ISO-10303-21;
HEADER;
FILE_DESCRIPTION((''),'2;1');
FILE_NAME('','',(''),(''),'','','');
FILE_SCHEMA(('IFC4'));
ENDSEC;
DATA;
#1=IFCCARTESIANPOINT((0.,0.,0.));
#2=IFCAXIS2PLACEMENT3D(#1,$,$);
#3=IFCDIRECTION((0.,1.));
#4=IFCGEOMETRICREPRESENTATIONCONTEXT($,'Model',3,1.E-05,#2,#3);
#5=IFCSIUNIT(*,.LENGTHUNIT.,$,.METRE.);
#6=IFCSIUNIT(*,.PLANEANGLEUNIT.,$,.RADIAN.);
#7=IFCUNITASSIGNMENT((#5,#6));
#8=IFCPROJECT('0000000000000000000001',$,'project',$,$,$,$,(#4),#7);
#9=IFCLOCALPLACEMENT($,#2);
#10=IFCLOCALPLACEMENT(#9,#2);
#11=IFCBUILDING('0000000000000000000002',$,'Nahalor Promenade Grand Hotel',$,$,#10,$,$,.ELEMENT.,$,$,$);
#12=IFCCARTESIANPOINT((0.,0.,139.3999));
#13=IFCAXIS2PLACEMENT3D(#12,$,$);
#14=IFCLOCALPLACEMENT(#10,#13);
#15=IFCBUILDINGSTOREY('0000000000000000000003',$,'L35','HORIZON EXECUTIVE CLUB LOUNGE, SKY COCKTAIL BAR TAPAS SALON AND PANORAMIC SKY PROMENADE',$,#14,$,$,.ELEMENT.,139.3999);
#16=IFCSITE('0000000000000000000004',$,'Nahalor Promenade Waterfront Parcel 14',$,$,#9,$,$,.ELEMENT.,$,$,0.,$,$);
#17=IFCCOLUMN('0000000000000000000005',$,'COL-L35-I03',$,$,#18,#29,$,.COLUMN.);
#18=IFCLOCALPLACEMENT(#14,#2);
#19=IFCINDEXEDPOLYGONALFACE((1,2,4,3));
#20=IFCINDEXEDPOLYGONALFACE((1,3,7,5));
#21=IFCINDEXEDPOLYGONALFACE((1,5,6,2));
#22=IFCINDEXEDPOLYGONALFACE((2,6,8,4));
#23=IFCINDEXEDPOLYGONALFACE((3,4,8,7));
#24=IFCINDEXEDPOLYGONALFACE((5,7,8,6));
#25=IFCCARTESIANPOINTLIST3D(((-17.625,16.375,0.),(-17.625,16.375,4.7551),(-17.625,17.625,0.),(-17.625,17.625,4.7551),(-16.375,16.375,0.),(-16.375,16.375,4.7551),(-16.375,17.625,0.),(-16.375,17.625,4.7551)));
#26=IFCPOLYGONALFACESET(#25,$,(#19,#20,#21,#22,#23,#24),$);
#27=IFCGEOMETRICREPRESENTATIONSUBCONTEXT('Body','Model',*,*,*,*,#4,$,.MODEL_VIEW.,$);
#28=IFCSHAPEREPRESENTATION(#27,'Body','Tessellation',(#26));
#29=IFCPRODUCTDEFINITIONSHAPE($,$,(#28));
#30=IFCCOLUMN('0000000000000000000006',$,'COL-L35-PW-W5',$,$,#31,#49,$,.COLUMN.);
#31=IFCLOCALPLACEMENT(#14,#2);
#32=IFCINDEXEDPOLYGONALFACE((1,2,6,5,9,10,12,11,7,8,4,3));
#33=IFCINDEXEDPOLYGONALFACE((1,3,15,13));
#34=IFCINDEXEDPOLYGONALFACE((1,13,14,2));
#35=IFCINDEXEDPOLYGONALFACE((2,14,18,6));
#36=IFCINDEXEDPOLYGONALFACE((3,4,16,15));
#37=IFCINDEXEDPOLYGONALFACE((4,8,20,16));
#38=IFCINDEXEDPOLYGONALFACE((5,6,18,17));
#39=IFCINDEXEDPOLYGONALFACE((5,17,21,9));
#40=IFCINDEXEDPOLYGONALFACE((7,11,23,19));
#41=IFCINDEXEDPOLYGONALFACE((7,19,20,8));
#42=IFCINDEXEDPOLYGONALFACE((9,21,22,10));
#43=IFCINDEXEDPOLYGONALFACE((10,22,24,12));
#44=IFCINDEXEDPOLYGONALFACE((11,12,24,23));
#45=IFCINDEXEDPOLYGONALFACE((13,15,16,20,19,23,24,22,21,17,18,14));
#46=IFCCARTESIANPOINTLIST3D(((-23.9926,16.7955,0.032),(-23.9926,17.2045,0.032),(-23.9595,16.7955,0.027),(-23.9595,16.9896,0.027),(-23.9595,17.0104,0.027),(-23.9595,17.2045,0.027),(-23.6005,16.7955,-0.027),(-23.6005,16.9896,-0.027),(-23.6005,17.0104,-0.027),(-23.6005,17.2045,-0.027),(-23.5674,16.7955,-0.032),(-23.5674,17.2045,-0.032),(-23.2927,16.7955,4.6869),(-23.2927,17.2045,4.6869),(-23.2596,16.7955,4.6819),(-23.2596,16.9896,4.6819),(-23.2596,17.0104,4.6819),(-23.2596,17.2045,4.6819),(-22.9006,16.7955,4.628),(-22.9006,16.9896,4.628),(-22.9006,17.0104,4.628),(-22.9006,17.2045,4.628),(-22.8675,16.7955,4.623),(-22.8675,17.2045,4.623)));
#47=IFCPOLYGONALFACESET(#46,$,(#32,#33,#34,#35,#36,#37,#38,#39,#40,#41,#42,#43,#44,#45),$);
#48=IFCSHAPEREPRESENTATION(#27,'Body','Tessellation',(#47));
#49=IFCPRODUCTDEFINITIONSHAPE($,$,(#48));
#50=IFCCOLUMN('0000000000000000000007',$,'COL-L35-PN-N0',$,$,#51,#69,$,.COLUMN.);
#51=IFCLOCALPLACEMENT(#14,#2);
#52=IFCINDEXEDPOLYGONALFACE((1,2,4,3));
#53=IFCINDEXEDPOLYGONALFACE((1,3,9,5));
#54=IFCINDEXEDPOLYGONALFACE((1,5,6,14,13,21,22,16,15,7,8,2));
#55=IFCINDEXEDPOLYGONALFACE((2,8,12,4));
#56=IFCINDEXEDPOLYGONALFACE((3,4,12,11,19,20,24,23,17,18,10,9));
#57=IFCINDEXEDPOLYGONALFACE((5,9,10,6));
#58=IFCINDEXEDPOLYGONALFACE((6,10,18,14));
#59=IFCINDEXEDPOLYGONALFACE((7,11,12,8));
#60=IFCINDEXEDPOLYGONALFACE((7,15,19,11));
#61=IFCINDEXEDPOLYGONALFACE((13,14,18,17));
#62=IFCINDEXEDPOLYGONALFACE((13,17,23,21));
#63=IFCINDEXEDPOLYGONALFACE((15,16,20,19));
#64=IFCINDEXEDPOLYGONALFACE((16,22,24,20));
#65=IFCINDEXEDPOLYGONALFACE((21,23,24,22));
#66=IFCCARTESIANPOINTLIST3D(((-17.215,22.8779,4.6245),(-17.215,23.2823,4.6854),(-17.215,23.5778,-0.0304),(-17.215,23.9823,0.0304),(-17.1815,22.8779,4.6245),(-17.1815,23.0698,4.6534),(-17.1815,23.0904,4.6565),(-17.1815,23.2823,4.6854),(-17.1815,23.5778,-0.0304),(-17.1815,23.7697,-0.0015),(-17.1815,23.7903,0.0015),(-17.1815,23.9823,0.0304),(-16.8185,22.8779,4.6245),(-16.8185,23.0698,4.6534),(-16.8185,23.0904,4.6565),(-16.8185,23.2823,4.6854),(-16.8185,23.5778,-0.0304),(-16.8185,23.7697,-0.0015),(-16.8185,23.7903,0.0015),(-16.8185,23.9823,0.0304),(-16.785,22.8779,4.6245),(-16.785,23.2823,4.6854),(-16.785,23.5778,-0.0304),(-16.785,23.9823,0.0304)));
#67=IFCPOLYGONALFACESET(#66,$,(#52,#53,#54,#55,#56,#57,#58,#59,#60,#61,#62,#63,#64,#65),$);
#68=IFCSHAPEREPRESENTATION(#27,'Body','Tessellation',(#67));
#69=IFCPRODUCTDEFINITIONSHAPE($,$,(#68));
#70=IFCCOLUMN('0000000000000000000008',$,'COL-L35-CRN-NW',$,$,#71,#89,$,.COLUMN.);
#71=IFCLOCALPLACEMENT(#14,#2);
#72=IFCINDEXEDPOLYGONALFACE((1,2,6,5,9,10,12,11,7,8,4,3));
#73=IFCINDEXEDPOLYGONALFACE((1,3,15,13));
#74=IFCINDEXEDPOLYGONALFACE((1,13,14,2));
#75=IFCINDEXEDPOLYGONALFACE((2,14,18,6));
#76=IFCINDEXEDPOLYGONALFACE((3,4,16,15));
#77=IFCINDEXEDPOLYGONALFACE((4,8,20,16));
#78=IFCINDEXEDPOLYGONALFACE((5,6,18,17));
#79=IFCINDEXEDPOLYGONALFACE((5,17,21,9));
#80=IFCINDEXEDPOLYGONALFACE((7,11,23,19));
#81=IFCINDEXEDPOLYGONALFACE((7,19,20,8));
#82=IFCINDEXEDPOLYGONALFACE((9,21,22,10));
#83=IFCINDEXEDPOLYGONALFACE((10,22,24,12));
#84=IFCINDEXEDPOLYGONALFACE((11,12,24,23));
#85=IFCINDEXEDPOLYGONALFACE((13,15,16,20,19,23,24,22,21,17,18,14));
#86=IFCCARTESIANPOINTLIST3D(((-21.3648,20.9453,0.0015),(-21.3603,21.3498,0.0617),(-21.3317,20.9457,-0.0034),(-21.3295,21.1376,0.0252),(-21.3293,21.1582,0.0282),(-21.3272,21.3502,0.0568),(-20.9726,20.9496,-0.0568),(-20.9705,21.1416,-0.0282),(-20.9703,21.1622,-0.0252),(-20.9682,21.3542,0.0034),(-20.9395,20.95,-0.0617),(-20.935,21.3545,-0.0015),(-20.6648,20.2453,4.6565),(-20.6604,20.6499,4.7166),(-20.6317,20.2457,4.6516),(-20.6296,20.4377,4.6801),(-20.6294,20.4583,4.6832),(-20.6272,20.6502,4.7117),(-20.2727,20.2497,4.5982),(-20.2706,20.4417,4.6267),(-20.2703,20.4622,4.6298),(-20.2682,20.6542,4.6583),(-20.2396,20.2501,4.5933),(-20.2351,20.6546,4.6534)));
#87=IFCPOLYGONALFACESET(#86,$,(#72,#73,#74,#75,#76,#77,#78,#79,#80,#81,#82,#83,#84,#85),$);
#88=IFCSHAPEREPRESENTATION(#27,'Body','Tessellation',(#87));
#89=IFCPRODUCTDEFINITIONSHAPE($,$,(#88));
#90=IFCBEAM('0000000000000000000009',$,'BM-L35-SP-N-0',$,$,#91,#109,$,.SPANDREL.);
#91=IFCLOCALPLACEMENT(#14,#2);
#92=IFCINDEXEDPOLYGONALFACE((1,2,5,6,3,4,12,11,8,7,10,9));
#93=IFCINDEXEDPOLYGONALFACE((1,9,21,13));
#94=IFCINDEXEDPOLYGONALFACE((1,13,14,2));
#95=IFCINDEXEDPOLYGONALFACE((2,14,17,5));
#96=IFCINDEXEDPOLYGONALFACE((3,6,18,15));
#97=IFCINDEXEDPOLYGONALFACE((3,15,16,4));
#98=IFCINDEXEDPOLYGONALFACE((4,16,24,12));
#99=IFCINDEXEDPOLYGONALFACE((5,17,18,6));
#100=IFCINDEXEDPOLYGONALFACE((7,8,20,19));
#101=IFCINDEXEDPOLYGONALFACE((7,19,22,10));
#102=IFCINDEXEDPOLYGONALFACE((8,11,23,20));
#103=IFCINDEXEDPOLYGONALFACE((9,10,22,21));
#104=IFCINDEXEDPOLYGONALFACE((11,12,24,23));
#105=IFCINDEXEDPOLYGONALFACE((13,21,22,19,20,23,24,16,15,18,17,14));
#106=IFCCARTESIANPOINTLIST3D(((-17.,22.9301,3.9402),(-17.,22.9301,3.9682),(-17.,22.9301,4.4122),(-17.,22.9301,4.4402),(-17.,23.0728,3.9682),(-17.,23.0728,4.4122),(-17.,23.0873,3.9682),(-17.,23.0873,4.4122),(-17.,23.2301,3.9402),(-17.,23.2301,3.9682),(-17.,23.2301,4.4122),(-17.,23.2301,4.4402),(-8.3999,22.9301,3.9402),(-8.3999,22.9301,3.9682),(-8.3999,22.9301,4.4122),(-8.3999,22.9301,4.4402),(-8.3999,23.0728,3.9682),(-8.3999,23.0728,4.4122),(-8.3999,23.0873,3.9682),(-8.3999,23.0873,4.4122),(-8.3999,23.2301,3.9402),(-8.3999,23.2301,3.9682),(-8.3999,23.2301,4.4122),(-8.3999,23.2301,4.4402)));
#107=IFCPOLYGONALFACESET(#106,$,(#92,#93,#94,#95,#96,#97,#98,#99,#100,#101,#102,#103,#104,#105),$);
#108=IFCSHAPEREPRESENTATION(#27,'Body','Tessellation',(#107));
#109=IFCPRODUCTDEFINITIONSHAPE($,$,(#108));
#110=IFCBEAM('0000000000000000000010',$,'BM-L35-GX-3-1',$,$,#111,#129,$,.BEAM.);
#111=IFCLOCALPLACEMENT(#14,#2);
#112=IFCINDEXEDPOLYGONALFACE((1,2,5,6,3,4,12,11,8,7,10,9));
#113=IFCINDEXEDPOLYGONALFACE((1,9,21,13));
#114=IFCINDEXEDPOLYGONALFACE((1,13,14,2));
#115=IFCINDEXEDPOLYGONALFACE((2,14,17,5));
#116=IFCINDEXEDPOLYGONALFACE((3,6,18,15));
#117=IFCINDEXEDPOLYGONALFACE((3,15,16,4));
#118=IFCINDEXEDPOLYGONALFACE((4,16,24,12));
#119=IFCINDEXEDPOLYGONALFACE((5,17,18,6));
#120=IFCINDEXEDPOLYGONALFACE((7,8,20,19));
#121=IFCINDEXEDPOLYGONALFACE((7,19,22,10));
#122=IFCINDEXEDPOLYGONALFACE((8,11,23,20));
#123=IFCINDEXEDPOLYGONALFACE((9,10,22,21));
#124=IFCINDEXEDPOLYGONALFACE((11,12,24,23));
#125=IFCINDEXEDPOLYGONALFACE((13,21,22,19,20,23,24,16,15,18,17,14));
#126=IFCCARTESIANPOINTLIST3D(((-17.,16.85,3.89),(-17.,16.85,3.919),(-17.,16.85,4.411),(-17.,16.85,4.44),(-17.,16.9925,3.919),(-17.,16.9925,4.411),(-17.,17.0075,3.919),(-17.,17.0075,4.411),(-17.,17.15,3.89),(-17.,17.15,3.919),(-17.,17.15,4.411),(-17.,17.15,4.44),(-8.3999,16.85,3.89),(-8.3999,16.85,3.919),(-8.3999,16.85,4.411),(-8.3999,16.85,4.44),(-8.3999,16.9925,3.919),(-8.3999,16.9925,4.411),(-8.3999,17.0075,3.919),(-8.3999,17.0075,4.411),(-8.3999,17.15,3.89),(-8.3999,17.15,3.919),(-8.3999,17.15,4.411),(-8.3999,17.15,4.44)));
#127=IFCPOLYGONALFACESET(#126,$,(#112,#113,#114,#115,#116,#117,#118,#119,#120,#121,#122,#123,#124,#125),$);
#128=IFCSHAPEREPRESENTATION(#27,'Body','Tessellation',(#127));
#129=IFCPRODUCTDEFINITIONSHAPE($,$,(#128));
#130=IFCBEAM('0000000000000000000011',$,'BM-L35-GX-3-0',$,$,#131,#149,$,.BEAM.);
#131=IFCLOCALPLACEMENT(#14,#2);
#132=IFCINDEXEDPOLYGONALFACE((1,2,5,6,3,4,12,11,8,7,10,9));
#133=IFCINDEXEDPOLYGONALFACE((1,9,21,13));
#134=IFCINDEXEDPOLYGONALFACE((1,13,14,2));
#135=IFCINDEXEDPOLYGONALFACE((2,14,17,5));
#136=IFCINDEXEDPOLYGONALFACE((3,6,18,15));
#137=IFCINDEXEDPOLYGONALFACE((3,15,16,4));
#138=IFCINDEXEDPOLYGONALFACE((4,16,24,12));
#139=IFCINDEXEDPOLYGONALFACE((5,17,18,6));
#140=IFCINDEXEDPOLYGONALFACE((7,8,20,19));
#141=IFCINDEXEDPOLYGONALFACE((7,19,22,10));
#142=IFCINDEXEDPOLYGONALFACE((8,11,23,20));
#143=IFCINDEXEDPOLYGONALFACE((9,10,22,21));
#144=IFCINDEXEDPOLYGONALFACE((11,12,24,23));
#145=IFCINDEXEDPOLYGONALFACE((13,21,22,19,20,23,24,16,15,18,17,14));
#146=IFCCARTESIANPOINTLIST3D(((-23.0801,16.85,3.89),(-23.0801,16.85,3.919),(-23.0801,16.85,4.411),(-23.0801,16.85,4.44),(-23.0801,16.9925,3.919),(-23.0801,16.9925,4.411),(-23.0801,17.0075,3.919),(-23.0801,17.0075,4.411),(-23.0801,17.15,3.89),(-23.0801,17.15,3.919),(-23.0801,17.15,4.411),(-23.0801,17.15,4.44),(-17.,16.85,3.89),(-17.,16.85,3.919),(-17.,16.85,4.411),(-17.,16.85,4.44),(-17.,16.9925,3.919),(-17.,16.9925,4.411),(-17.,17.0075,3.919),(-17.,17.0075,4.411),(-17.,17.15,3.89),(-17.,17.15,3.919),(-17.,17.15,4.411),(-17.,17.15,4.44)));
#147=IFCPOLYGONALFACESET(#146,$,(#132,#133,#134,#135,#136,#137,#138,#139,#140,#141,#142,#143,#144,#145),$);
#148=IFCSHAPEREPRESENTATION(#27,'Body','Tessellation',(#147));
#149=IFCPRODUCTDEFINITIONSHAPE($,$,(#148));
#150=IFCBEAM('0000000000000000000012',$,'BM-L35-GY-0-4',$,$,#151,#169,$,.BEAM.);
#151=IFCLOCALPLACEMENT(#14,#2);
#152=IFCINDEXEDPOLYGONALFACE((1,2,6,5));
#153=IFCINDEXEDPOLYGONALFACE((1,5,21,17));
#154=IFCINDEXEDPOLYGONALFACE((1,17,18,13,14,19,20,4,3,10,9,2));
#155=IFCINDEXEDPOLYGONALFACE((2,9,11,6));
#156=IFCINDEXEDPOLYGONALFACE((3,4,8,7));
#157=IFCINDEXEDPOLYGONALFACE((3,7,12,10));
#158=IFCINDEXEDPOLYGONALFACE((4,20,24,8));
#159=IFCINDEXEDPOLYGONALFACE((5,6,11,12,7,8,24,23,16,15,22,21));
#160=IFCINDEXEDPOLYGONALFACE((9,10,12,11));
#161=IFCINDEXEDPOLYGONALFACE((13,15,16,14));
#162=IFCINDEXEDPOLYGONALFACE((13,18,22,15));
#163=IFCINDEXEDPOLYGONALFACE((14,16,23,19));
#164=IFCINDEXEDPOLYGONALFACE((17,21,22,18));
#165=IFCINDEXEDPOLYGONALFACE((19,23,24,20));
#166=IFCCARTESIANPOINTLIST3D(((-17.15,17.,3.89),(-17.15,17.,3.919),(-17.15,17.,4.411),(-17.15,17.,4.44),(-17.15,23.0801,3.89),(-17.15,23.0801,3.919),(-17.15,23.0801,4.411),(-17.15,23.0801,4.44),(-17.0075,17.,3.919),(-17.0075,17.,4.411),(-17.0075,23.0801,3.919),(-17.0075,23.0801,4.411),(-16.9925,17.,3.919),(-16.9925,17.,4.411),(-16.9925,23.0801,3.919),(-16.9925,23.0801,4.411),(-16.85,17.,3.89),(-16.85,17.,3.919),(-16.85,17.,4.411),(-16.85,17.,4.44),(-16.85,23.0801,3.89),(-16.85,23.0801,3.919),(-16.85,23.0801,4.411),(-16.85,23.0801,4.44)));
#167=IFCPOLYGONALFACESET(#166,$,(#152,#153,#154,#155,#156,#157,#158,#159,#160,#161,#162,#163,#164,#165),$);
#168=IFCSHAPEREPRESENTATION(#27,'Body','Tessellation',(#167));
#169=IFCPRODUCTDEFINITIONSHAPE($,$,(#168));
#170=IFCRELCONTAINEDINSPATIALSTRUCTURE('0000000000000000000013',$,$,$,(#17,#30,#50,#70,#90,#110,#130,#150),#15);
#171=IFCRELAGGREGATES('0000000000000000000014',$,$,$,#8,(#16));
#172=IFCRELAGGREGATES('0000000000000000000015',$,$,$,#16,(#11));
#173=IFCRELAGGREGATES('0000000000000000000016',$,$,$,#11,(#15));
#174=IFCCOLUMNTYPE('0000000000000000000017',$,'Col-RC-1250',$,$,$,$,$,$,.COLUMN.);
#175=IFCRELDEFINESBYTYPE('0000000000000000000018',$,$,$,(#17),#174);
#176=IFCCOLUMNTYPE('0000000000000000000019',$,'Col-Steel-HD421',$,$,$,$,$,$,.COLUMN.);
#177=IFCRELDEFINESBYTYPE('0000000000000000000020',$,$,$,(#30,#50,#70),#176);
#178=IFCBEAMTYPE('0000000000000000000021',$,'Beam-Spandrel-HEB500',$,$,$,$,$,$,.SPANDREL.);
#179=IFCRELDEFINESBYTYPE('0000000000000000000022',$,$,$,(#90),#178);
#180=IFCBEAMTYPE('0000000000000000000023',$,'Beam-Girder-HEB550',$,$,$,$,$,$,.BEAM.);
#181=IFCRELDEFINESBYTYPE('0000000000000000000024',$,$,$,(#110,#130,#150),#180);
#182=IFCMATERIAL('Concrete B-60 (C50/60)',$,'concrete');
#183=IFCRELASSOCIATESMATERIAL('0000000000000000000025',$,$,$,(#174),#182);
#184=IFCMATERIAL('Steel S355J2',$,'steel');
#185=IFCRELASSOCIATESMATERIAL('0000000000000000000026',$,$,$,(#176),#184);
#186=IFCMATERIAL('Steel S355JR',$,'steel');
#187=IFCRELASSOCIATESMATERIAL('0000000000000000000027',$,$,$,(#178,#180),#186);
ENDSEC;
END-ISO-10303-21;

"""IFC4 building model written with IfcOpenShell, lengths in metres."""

from ifc_helpers import new_model, si_unit, direction, frame, origin, origin_2d, place, context, subcontext, project, spatial, rectangle, i_section, extrude, source, transform, mapped, material, material_profile, profile_set, type_object, element, save


model = new_model("IFC4")

# Units and contexts
model_context = context("Model", 3, precision=1e-05, world=origin(), true_north=direction((0.0, 1.0)))
body_context = subcontext(model_context, "Body", "Model", "MODEL_VIEW")
ifc_project = project(units=[si_unit("LENGTHUNIT", "METRE"), si_unit("PLANEANGLEUNIT", "RADIAN")], contexts=[model_context])

# Site, building, storey
site_placement = place(None, origin())
site = spatial("IfcSite", under=ifc_project, at=site_placement, Name="Nahalor Promenade Waterfront Parcel 14", CompositionType="ELEMENT", RefElevation=0.0)
building_placement = place(site_placement, origin())
building = spatial("IfcBuilding", under=site, at=building_placement, Name="Nahalor Promenade Grand Hotel", CompositionType="ELEMENT")
storey_placement = place(building_placement, frame((0.0, 0.0, 139.3999)))
storey = spatial("IfcBuildingStorey", under=building, at=storey_placement, Name="L35", Description="HORIZON EXECUTIVE CLUB LOUNGE, SKY COCKTAIL BAR TAPAS SALON AND PANORAMIC SKY PROMENADE", CompositionType="ELEMENT", Elevation=139.3999)

# Columns
ifc_material_1 = material(Name="Concrete B-60 (C50/60)", Category="concrete")
ifc_material_profile_1 = material_profile(ifc_material_1, rectangle(XDim=1.25, YDim=1.25, at=origin_2d()), Name="RC 1250x1250")
ifc_profile_set_1 = profile_set([ifc_material_profile_1], Name="Concrete B-60 (C50/60)")
column_type_1 = type_object("IfcColumnType", Name="Col-RC-1250", PredefinedType="COLUMN", material=ifc_profile_set_1)
shared_shape_1 = source(origin(), body_context, "Body", "SweptSolid", [
    extrude(rectangle(XDim=1.25, YDim=1.25, at=origin_2d()), origin(), (0.0, 0.0, 1.0), 4.7551),
])
column_1_placement = place(storey_placement, frame((-17.0, 17.0, 0.0), z_axis=(0.0, 0.0, 1.0), x_axis=(1.0, 0.0, 0.0)))
element("IfcColumn", 1, at=column_1_placement, inside=storey, type_object=column_type_1, Name="COL-L35-I03", PredefinedType="COLUMN", context=body_context, shape_type="MappedRepresentation", body=[
    mapped(shared_shape_1, transform((0.0, 0.0, 0.0), scale=1.0)),
])
ifc_material_2 = material(Name="Steel S355J2", Category="steel")
ifc_material_profile_2 = material_profile(ifc_material_2, i_section(OverallWidth=0.409, OverallDepth=0.43, WebThickness=0.0208, FlangeThickness=0.0335, at=origin_2d()), Name="HD 400x421")
ifc_profile_set_2 = profile_set([ifc_material_profile_2], Name="Steel S355J2")
column_type_2 = type_object("IfcColumnType", Name="Col-Steel-HD421", PredefinedType="COLUMN", material=ifc_profile_set_2)
shared_shape_2 = source(origin(), body_context, "Body", "SweptSolid", [
    extrude(i_section(OverallWidth=0.409, OverallDepth=0.43, WebThickness=0.0208, FlangeThickness=0.0335, at=origin_2d()), origin(), (0.0, 0.0, 1.0), 4.7073),
])
for number, where, z_axis, x_axis, name in (
    (2, (-23.78, 17.0, 0.0), (0.148693, 0.0, 0.988883), (0.0, 1.0, 0.0), "COL-L35-PW-W5"),
    (3, (-17.0, 23.78, 0.0), (0.0, -0.148693, 0.988883), (0.0, 0.988883, 0.148693), "COL-L35-PN-N0"),
):
    element("IfcColumn", number, at=place(storey_placement, frame(where, z_axis=z_axis, x_axis=x_axis)), inside=storey, type_object=column_type_2, Name=name, PredefinedType="COLUMN", context=body_context, shape_type="MappedRepresentation", body=[
        mapped(shared_shape_2, transform((0.0, 0.0, 0.0), scale=1.0)),
    ])
shared_shape_3 = source(origin(), body_context, "Body", "SweptSolid", [
    extrude(i_section(OverallWidth=0.409, OverallDepth=0.43, WebThickness=0.0208, FlangeThickness=0.0335, at=origin_2d()), origin(), (0.0, 0.0, 1.0), 4.759),
])
column_2_placement = place(storey_placement, frame((-21.1499, 21.1499, 0.0), z_axis=(0.147076, -0.147076, 0.97813), x_axis=(0.010935, 0.989065, 0.147076)))
element("IfcColumn", 4, at=column_2_placement, inside=storey, type_object=column_type_2, Name="COL-L35-CRN-NW", PredefinedType="COLUMN", context=body_context, shape_type="MappedRepresentation", body=[
    mapped(shared_shape_3, transform((0.0, 0.0, 0.0), scale=1.0)),
])

# Beams
ifc_material_3 = material(Name="Steel S355JR", Category="steel")
ifc_material_profile_3 = material_profile(ifc_material_3, i_section(OverallWidth=0.3, OverallDepth=0.5, WebThickness=0.0145, FlangeThickness=0.028, at=origin_2d()), Name="HEB 500")
ifc_profile_set_3 = profile_set([ifc_material_profile_3], Name="Steel S355JR")
beam_type_1 = type_object("IfcBeamType", Name="Beam-Spandrel-HEB500", PredefinedType="SPANDREL", material=ifc_profile_set_3)
shared_shape_4 = source(origin(), body_context, "Body", "SweptSolid", [
    extrude(i_section(OverallWidth=0.3, OverallDepth=0.5, WebThickness=0.0145, FlangeThickness=0.028, at=origin_2d()), origin(), (0.0, 0.0, 1.0), 8.6001),
])
beam_1_placement = place(storey_placement, frame((-17.0, 23.0801, 4.1902), z_axis=(1.0, 0.0, 0.0), x_axis=(0.0, 1.0, 0.0)))
element("IfcBeam", 5, at=beam_1_placement, inside=storey, type_object=beam_type_1, Name="BM-L35-SP-N-0", PredefinedType="SPANDREL", context=body_context, shape_type="MappedRepresentation", body=[
    mapped(shared_shape_4, transform((0.0, 0.0, 0.0), scale=1.0)),
])
ifc_material_profile_4 = material_profile(ifc_material_3, i_section(OverallWidth=0.3, OverallDepth=0.55, WebThickness=0.015, FlangeThickness=0.029, at=origin_2d()), Name="HEB 550")
ifc_profile_set_4 = profile_set([ifc_material_profile_4], Name="Steel S355JR")
beam_type_2 = type_object("IfcBeamType", Name="Beam-Girder-HEB550", PredefinedType="BEAM", material=ifc_profile_set_4)
shared_shape_5 = source(origin(), body_context, "Body", "SweptSolid", [
    extrude(i_section(OverallWidth=0.3, OverallDepth=0.55, WebThickness=0.015, FlangeThickness=0.029, at=origin_2d()), origin(), (0.0, 0.0, 1.0), 8.6001),
])
beam_2_placement = place(storey_placement, frame((-17.0, 17.0, 4.165), z_axis=(1.0, 0.0, 0.0), x_axis=(0.0, 1.0, 0.0)))
element("IfcBeam", 6, at=beam_2_placement, inside=storey, type_object=beam_type_2, Name="BM-L35-GX-3-1", PredefinedType="BEAM", context=body_context, shape_type="MappedRepresentation", body=[
    mapped(shared_shape_5, transform((0.0, 0.0, 0.0), scale=1.0)),
])
shared_shape_6 = source(origin(), body_context, "Body", "SweptSolid", [
    extrude(i_section(OverallWidth=0.3, OverallDepth=0.55, WebThickness=0.015, FlangeThickness=0.029, at=origin_2d()), origin(), (0.0, 0.0, 1.0), 6.0801),
])
for number, where, z_axis, x_axis, name in (
    (7, (-23.0801, 17.0, 4.165), (1.0, 0.0, 0.0), (0.0, 1.0, 0.0), "BM-L35-GX-3-0"),
    (8, (-17.0, 17.0, 4.165), (0.0, 1.0, 0.0), (-1.0, 0.0, 0.0), "BM-L35-GY-0-4"),
):
    element("IfcBeam", number, at=place(storey_placement, frame(where, z_axis=z_axis, x_axis=x_axis)), inside=storey, type_object=beam_type_2, Name=name, PredefinedType="BEAM", context=body_context, shape_type="MappedRepresentation", body=[
        mapped(shared_shape_6, transform((0.0, 0.0, 0.0), scale=1.0)),
    ])

save(model, "model.ifc")
